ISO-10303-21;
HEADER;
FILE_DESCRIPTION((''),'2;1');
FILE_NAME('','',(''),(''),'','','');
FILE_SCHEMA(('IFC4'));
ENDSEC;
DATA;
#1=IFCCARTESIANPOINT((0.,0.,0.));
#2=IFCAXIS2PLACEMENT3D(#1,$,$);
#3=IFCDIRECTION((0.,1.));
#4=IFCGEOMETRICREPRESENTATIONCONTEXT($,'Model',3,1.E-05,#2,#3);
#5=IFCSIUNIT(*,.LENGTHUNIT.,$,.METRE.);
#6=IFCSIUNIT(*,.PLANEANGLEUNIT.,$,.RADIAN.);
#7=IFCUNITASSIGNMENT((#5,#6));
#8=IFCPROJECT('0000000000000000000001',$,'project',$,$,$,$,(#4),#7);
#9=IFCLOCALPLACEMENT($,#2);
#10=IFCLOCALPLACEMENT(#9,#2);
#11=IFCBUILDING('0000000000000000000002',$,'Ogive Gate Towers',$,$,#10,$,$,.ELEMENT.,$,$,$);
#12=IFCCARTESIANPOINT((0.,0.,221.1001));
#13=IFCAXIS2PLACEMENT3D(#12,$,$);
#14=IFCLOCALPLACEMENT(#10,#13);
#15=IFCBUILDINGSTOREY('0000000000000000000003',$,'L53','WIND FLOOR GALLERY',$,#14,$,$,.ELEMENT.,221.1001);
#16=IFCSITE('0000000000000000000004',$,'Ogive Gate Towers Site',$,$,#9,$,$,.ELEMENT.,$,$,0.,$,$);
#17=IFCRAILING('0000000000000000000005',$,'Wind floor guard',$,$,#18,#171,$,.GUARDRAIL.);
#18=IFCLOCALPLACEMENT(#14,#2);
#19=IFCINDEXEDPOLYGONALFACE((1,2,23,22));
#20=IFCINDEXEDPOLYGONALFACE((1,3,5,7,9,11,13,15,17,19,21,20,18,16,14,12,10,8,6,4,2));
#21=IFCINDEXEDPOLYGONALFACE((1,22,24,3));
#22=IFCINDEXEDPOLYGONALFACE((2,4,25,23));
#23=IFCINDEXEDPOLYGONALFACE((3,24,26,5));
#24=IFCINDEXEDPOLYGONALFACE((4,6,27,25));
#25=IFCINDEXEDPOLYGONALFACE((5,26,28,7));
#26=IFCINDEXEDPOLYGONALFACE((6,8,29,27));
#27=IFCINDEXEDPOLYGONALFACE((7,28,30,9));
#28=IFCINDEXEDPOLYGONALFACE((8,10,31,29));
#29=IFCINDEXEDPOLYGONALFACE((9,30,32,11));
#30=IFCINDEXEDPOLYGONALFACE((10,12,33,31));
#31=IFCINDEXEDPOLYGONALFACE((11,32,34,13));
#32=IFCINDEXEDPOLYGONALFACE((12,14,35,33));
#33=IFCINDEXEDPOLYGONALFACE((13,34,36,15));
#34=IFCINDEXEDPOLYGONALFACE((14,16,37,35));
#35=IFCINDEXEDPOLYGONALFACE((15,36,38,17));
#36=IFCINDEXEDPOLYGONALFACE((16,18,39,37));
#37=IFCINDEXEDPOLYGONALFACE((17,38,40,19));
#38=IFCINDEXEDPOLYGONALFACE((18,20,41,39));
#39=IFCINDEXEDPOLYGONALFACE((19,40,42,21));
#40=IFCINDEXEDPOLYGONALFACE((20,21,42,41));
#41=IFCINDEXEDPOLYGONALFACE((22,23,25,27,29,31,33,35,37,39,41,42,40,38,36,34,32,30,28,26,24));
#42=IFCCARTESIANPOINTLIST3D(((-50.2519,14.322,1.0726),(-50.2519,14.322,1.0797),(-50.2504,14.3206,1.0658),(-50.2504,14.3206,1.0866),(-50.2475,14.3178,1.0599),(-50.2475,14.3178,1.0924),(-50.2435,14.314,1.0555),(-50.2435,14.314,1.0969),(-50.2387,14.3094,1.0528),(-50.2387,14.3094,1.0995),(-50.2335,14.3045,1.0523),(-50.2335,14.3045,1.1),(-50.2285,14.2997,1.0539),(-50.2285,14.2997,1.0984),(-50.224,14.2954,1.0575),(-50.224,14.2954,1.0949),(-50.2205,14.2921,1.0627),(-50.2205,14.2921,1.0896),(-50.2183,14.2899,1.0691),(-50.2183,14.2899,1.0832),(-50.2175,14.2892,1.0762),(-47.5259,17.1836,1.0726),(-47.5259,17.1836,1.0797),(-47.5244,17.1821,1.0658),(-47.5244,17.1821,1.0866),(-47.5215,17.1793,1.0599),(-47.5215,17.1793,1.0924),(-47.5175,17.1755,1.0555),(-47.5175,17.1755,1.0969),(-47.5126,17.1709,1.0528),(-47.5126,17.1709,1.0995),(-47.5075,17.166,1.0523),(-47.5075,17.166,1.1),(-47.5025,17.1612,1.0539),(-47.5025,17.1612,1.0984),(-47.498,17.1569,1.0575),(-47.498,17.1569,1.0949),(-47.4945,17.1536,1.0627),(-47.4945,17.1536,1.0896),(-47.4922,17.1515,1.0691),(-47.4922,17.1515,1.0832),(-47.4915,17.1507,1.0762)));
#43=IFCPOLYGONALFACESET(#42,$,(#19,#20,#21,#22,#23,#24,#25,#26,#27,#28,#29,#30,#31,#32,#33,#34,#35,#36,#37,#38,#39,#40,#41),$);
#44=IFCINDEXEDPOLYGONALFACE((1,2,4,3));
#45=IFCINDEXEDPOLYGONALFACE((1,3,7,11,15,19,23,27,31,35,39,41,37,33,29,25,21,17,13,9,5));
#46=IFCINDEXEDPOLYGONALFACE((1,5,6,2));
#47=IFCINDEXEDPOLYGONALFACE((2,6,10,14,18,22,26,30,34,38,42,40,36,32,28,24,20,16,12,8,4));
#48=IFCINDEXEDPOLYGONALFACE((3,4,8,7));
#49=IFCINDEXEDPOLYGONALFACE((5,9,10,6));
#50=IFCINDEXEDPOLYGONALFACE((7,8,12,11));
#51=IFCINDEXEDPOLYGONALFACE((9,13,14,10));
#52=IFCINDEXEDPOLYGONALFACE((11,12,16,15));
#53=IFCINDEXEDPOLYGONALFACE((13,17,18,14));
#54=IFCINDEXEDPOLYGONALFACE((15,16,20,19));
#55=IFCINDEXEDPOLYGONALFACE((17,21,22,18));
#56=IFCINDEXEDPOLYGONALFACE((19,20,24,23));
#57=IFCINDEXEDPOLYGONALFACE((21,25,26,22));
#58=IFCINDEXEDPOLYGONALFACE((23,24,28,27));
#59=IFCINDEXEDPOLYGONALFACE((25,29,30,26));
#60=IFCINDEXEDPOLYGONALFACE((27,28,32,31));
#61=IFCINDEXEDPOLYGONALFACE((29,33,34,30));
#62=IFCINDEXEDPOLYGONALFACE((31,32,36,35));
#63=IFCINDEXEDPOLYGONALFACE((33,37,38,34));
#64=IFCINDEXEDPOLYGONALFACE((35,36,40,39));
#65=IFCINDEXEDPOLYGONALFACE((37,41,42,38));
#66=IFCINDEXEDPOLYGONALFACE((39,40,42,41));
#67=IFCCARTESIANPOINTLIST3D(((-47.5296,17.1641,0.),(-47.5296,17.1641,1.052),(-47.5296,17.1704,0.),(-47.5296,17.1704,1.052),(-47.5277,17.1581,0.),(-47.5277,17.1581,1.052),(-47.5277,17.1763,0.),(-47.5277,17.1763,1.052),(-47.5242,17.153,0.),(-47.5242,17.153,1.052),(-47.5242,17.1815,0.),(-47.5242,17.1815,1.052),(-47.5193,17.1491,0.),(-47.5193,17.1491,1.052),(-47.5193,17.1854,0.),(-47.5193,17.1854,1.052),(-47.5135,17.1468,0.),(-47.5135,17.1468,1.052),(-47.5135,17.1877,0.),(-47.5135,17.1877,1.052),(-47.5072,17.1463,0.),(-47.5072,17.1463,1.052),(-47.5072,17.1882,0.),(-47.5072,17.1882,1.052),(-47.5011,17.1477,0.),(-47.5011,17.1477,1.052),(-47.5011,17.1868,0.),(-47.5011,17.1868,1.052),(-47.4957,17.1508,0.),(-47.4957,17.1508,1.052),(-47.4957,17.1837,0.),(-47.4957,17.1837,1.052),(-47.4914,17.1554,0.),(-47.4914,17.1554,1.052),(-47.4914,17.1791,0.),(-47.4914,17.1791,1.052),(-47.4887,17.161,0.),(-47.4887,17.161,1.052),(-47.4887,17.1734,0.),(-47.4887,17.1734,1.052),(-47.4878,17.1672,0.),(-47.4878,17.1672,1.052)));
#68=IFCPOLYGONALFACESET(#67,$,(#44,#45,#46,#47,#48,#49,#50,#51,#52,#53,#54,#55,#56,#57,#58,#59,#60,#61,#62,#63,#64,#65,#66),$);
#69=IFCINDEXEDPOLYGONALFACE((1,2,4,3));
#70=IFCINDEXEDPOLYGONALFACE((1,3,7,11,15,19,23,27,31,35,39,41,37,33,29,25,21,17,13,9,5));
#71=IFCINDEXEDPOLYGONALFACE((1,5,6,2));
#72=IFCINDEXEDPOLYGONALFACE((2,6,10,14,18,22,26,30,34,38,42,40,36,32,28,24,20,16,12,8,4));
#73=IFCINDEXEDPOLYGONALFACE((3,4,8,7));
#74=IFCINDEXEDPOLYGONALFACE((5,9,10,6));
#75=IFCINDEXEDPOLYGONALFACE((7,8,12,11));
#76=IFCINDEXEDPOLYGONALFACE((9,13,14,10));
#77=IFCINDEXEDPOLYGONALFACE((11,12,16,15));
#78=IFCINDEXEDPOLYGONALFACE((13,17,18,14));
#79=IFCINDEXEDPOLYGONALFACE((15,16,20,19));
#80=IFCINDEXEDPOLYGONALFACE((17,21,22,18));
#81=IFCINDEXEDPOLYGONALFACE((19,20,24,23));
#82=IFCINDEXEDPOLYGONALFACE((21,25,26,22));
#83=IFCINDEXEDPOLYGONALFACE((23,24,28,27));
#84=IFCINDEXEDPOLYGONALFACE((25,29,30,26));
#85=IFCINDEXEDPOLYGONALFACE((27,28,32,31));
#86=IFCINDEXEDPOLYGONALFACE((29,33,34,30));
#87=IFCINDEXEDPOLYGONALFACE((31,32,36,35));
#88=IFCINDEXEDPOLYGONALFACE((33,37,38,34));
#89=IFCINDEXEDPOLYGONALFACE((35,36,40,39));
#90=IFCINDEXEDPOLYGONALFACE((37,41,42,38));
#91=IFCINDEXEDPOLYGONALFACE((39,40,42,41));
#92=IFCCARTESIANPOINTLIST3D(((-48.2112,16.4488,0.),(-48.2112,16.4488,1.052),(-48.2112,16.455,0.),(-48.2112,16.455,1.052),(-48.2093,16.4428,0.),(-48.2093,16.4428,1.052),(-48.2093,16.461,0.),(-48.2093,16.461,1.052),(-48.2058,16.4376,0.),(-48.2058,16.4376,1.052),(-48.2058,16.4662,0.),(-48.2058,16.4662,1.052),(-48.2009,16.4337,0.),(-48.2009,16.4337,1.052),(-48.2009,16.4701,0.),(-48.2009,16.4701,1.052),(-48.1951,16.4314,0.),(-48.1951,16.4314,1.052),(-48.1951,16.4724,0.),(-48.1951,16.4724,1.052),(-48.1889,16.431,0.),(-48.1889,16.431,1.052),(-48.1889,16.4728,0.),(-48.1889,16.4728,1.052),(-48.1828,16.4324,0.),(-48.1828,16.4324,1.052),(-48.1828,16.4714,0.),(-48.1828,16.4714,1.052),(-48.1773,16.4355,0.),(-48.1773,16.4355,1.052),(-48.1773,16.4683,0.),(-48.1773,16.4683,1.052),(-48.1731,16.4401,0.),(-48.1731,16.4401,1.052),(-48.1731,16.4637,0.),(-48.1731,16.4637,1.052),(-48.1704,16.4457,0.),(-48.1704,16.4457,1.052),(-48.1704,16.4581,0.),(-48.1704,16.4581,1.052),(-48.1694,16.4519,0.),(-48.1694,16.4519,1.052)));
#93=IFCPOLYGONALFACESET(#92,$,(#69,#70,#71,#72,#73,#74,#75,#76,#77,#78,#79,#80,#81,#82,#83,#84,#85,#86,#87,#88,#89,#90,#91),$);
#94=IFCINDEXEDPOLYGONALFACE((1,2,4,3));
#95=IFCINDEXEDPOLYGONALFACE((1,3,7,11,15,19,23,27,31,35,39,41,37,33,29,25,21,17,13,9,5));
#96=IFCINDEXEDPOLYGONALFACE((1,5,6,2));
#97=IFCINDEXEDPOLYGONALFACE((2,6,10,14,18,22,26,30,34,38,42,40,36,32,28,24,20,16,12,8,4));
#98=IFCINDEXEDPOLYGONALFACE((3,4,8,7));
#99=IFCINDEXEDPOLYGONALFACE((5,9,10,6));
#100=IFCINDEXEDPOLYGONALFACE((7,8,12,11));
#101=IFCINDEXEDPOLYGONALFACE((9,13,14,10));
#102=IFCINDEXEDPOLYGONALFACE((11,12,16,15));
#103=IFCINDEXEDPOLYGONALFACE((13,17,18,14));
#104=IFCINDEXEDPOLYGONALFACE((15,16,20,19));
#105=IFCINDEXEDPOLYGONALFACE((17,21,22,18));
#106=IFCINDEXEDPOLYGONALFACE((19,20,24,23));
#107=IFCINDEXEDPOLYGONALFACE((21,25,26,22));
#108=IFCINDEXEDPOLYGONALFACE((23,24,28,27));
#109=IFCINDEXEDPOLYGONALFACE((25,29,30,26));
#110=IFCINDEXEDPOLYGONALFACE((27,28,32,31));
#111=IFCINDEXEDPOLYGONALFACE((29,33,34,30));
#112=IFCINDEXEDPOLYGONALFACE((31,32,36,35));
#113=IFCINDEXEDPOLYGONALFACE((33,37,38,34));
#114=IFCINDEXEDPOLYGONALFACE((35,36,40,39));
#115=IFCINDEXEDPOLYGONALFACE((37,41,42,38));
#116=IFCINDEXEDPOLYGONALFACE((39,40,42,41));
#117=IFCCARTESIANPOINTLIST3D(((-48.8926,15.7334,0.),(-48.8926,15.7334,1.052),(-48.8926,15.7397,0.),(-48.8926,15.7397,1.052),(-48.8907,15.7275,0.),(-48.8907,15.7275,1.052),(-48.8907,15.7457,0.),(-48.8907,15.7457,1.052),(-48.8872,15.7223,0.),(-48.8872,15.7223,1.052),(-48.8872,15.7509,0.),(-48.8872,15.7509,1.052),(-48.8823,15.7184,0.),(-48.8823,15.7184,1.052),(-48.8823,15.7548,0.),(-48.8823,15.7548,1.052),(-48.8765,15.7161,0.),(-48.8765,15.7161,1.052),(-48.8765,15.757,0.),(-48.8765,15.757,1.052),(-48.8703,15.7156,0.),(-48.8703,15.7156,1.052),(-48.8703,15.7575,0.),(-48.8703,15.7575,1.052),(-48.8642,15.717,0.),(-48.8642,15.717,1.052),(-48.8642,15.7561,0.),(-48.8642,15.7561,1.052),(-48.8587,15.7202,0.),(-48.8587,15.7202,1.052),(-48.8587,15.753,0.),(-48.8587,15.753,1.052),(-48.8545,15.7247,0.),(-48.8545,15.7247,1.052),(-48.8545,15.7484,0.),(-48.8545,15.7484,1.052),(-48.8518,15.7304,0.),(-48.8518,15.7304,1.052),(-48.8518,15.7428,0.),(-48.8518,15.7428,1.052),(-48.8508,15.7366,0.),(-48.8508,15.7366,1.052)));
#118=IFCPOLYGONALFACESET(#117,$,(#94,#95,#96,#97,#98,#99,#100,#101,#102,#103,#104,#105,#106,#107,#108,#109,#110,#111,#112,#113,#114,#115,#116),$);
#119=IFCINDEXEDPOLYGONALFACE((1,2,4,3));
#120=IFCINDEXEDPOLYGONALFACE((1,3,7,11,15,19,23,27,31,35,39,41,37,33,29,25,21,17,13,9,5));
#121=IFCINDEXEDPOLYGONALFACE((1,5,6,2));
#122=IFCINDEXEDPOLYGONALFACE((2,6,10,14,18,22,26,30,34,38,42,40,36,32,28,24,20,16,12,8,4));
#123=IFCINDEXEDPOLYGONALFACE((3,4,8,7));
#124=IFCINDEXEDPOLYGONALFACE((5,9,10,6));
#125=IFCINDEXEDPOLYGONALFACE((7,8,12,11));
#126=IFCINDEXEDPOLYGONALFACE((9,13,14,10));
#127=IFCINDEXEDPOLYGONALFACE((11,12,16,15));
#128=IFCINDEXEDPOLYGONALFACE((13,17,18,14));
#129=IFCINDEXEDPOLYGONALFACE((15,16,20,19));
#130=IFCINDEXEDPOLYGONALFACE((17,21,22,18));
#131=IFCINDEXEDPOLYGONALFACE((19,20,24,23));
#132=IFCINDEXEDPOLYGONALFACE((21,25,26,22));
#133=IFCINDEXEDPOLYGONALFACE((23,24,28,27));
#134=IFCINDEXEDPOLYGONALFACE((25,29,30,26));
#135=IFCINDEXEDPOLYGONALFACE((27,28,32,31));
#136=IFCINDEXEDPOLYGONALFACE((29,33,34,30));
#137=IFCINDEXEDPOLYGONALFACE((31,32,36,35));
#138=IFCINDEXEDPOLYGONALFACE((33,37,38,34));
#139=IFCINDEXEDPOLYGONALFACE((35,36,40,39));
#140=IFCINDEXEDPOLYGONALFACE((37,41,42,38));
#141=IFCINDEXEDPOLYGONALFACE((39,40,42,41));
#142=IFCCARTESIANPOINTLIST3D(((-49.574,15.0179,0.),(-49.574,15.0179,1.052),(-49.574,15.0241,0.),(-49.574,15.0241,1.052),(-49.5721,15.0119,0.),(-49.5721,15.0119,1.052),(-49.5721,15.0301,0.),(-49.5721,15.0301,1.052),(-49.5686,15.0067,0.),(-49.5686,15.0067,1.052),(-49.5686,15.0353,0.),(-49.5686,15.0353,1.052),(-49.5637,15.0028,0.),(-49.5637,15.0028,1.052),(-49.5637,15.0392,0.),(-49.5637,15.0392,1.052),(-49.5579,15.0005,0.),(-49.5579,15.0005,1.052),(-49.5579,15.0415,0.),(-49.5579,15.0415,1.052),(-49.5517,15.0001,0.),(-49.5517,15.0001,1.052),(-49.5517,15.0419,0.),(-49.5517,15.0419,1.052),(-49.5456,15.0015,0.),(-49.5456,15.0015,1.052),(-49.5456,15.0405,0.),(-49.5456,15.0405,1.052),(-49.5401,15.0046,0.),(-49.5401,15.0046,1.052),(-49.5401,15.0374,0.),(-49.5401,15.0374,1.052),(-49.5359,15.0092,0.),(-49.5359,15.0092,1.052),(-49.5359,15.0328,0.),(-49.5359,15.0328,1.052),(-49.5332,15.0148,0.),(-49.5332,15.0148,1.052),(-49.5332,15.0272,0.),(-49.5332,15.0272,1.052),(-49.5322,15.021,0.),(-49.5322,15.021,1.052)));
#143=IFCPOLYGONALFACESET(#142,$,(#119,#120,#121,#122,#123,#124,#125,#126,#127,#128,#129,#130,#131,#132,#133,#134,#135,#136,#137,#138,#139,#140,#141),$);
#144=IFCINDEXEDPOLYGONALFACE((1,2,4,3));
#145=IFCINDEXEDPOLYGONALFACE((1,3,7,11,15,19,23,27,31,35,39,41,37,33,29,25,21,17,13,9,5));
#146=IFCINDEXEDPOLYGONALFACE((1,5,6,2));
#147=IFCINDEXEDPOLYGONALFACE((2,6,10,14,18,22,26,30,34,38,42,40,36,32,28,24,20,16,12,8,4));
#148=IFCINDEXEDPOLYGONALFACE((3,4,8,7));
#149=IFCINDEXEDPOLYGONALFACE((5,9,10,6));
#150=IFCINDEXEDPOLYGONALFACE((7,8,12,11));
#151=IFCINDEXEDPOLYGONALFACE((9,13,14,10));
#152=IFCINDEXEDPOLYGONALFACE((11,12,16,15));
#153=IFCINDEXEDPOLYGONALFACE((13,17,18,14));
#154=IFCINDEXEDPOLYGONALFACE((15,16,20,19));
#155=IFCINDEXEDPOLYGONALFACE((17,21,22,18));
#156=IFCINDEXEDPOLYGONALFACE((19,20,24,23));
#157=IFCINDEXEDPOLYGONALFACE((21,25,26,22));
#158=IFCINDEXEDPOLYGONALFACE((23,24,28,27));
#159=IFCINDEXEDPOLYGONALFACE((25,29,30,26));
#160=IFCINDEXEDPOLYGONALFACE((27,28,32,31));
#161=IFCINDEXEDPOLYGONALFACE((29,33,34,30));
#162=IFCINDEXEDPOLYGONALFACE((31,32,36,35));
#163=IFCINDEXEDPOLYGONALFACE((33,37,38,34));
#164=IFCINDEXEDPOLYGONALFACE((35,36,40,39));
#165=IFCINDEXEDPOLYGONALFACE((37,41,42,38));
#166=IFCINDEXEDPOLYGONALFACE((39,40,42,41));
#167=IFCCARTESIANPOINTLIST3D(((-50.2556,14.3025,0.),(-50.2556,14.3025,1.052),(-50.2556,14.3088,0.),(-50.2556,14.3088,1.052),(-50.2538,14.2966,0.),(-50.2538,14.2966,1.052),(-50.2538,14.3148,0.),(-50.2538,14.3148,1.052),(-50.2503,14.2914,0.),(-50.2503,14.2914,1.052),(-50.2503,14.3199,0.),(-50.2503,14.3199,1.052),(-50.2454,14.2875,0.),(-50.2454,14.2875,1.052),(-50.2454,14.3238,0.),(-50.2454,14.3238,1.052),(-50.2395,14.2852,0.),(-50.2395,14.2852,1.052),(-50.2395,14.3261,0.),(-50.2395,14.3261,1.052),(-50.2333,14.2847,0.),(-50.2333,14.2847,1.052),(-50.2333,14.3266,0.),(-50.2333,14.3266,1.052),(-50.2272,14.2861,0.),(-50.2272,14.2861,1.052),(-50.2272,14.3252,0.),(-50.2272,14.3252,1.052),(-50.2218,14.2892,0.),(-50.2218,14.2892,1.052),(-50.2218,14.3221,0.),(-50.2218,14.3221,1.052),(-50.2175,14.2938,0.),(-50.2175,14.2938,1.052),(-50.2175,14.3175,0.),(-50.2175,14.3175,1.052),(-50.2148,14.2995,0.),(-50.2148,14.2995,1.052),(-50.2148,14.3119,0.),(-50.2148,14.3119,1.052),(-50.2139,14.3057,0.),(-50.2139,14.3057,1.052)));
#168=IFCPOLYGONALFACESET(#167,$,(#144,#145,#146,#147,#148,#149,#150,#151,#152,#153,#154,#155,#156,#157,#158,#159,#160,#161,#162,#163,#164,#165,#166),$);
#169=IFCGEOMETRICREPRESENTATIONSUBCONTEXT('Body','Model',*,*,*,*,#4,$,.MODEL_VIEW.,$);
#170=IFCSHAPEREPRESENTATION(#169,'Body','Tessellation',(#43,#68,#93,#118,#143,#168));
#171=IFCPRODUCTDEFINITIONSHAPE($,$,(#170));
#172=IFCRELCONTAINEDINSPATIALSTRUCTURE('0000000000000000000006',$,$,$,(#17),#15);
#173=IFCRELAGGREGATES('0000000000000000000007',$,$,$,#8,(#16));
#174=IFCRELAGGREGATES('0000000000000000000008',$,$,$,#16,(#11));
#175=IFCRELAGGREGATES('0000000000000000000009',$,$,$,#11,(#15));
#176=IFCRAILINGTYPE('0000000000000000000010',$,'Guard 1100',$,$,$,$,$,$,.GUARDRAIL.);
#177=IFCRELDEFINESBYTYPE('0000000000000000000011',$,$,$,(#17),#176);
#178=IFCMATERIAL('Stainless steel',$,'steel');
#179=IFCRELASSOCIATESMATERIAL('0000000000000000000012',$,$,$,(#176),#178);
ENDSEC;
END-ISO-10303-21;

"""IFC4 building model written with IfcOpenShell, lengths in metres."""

from ifc_helpers import new_model, si_unit, direction, frame, origin, origin_2d, place, context, subcontext, project, spatial, circle, extrude, material, type_object, element, save


model = new_model("IFC4")

# Units and contexts
model_context = context("Model", 3, precision=1e-05, world=origin(), true_north=direction((0.0, 1.0)))
body_context = subcontext(model_context, "Body", "Model", "MODEL_VIEW")
ifc_project = project(units=[si_unit("LENGTHUNIT", "METRE"), si_unit("PLANEANGLEUNIT", "RADIAN")], contexts=[model_context])

# Site, building, storey
site_placement = place(None, origin())
site = spatial("IfcSite", under=ifc_project, at=site_placement, Name="Ogive Gate Towers Site", CompositionType="ELEMENT", RefElevation=0.0)
building_placement = place(site_placement, origin())
building = spatial("IfcBuilding", under=site, at=building_placement, Name="Ogive Gate Towers", CompositionType="ELEMENT")
storey_placement = place(building_placement, frame((0.0, 0.0, 221.1001)))
storey = spatial("IfcBuildingStorey", under=building, at=storey_placement, Name="L53", Description="WIND FLOOR GALLERY", CompositionType="ELEMENT", Elevation=221.1001)

# Railing
ifc_material_1 = material(Name="Stainless steel", Category="steel")
railing_type = type_object("IfcRailingType", Name="Guard 1100", PredefinedType="GUARDRAIL", material=ifc_material_1)
railing_1_placement = place(storey_placement, frame((-47.5088, 17.1672, 0.0)))
element("IfcRailing", 1, at=railing_1_placement, inside=storey, type_object=railing_type, Name="Wind floor guard", PredefinedType="GUARDRAIL", context=body_context, shape_type="SweptSolid", body=[
    extrude(circle(Radius=0.0239, at=origin_2d()), frame((0.0, 0.0, 1.0762), z_axis=(-0.689757, -0.724041, 0.0), x_axis=(0.724041, -0.689757, 0.0)), (0.0, 0.0, 1.0), 3.9521),
    extrude(circle(Radius=0.021, at=origin_2d()), origin(), (0.0, 0.0, 1.0), 1.052),
    extrude(circle(Radius=0.021, at=origin_2d()), frame((-0.6816, -0.7153, 0.0)), (0.0, 0.0, 1.0), 1.052),
    extrude(circle(Radius=0.021, at=origin_2d()), frame((-1.363, -1.4307, 0.0)), (0.0, 0.0, 1.0), 1.052),
    extrude(circle(Radius=0.021, at=origin_2d()), frame((-2.0444, -2.1462, 0.0)), (0.0, 0.0, 1.0), 1.052),
    extrude(circle(Radius=0.021, at=origin_2d()), frame((-2.7261, -2.8616, 0.0)), (0.0, 0.0, 1.0), 1.052),
])

save(model, "model.ifc")
